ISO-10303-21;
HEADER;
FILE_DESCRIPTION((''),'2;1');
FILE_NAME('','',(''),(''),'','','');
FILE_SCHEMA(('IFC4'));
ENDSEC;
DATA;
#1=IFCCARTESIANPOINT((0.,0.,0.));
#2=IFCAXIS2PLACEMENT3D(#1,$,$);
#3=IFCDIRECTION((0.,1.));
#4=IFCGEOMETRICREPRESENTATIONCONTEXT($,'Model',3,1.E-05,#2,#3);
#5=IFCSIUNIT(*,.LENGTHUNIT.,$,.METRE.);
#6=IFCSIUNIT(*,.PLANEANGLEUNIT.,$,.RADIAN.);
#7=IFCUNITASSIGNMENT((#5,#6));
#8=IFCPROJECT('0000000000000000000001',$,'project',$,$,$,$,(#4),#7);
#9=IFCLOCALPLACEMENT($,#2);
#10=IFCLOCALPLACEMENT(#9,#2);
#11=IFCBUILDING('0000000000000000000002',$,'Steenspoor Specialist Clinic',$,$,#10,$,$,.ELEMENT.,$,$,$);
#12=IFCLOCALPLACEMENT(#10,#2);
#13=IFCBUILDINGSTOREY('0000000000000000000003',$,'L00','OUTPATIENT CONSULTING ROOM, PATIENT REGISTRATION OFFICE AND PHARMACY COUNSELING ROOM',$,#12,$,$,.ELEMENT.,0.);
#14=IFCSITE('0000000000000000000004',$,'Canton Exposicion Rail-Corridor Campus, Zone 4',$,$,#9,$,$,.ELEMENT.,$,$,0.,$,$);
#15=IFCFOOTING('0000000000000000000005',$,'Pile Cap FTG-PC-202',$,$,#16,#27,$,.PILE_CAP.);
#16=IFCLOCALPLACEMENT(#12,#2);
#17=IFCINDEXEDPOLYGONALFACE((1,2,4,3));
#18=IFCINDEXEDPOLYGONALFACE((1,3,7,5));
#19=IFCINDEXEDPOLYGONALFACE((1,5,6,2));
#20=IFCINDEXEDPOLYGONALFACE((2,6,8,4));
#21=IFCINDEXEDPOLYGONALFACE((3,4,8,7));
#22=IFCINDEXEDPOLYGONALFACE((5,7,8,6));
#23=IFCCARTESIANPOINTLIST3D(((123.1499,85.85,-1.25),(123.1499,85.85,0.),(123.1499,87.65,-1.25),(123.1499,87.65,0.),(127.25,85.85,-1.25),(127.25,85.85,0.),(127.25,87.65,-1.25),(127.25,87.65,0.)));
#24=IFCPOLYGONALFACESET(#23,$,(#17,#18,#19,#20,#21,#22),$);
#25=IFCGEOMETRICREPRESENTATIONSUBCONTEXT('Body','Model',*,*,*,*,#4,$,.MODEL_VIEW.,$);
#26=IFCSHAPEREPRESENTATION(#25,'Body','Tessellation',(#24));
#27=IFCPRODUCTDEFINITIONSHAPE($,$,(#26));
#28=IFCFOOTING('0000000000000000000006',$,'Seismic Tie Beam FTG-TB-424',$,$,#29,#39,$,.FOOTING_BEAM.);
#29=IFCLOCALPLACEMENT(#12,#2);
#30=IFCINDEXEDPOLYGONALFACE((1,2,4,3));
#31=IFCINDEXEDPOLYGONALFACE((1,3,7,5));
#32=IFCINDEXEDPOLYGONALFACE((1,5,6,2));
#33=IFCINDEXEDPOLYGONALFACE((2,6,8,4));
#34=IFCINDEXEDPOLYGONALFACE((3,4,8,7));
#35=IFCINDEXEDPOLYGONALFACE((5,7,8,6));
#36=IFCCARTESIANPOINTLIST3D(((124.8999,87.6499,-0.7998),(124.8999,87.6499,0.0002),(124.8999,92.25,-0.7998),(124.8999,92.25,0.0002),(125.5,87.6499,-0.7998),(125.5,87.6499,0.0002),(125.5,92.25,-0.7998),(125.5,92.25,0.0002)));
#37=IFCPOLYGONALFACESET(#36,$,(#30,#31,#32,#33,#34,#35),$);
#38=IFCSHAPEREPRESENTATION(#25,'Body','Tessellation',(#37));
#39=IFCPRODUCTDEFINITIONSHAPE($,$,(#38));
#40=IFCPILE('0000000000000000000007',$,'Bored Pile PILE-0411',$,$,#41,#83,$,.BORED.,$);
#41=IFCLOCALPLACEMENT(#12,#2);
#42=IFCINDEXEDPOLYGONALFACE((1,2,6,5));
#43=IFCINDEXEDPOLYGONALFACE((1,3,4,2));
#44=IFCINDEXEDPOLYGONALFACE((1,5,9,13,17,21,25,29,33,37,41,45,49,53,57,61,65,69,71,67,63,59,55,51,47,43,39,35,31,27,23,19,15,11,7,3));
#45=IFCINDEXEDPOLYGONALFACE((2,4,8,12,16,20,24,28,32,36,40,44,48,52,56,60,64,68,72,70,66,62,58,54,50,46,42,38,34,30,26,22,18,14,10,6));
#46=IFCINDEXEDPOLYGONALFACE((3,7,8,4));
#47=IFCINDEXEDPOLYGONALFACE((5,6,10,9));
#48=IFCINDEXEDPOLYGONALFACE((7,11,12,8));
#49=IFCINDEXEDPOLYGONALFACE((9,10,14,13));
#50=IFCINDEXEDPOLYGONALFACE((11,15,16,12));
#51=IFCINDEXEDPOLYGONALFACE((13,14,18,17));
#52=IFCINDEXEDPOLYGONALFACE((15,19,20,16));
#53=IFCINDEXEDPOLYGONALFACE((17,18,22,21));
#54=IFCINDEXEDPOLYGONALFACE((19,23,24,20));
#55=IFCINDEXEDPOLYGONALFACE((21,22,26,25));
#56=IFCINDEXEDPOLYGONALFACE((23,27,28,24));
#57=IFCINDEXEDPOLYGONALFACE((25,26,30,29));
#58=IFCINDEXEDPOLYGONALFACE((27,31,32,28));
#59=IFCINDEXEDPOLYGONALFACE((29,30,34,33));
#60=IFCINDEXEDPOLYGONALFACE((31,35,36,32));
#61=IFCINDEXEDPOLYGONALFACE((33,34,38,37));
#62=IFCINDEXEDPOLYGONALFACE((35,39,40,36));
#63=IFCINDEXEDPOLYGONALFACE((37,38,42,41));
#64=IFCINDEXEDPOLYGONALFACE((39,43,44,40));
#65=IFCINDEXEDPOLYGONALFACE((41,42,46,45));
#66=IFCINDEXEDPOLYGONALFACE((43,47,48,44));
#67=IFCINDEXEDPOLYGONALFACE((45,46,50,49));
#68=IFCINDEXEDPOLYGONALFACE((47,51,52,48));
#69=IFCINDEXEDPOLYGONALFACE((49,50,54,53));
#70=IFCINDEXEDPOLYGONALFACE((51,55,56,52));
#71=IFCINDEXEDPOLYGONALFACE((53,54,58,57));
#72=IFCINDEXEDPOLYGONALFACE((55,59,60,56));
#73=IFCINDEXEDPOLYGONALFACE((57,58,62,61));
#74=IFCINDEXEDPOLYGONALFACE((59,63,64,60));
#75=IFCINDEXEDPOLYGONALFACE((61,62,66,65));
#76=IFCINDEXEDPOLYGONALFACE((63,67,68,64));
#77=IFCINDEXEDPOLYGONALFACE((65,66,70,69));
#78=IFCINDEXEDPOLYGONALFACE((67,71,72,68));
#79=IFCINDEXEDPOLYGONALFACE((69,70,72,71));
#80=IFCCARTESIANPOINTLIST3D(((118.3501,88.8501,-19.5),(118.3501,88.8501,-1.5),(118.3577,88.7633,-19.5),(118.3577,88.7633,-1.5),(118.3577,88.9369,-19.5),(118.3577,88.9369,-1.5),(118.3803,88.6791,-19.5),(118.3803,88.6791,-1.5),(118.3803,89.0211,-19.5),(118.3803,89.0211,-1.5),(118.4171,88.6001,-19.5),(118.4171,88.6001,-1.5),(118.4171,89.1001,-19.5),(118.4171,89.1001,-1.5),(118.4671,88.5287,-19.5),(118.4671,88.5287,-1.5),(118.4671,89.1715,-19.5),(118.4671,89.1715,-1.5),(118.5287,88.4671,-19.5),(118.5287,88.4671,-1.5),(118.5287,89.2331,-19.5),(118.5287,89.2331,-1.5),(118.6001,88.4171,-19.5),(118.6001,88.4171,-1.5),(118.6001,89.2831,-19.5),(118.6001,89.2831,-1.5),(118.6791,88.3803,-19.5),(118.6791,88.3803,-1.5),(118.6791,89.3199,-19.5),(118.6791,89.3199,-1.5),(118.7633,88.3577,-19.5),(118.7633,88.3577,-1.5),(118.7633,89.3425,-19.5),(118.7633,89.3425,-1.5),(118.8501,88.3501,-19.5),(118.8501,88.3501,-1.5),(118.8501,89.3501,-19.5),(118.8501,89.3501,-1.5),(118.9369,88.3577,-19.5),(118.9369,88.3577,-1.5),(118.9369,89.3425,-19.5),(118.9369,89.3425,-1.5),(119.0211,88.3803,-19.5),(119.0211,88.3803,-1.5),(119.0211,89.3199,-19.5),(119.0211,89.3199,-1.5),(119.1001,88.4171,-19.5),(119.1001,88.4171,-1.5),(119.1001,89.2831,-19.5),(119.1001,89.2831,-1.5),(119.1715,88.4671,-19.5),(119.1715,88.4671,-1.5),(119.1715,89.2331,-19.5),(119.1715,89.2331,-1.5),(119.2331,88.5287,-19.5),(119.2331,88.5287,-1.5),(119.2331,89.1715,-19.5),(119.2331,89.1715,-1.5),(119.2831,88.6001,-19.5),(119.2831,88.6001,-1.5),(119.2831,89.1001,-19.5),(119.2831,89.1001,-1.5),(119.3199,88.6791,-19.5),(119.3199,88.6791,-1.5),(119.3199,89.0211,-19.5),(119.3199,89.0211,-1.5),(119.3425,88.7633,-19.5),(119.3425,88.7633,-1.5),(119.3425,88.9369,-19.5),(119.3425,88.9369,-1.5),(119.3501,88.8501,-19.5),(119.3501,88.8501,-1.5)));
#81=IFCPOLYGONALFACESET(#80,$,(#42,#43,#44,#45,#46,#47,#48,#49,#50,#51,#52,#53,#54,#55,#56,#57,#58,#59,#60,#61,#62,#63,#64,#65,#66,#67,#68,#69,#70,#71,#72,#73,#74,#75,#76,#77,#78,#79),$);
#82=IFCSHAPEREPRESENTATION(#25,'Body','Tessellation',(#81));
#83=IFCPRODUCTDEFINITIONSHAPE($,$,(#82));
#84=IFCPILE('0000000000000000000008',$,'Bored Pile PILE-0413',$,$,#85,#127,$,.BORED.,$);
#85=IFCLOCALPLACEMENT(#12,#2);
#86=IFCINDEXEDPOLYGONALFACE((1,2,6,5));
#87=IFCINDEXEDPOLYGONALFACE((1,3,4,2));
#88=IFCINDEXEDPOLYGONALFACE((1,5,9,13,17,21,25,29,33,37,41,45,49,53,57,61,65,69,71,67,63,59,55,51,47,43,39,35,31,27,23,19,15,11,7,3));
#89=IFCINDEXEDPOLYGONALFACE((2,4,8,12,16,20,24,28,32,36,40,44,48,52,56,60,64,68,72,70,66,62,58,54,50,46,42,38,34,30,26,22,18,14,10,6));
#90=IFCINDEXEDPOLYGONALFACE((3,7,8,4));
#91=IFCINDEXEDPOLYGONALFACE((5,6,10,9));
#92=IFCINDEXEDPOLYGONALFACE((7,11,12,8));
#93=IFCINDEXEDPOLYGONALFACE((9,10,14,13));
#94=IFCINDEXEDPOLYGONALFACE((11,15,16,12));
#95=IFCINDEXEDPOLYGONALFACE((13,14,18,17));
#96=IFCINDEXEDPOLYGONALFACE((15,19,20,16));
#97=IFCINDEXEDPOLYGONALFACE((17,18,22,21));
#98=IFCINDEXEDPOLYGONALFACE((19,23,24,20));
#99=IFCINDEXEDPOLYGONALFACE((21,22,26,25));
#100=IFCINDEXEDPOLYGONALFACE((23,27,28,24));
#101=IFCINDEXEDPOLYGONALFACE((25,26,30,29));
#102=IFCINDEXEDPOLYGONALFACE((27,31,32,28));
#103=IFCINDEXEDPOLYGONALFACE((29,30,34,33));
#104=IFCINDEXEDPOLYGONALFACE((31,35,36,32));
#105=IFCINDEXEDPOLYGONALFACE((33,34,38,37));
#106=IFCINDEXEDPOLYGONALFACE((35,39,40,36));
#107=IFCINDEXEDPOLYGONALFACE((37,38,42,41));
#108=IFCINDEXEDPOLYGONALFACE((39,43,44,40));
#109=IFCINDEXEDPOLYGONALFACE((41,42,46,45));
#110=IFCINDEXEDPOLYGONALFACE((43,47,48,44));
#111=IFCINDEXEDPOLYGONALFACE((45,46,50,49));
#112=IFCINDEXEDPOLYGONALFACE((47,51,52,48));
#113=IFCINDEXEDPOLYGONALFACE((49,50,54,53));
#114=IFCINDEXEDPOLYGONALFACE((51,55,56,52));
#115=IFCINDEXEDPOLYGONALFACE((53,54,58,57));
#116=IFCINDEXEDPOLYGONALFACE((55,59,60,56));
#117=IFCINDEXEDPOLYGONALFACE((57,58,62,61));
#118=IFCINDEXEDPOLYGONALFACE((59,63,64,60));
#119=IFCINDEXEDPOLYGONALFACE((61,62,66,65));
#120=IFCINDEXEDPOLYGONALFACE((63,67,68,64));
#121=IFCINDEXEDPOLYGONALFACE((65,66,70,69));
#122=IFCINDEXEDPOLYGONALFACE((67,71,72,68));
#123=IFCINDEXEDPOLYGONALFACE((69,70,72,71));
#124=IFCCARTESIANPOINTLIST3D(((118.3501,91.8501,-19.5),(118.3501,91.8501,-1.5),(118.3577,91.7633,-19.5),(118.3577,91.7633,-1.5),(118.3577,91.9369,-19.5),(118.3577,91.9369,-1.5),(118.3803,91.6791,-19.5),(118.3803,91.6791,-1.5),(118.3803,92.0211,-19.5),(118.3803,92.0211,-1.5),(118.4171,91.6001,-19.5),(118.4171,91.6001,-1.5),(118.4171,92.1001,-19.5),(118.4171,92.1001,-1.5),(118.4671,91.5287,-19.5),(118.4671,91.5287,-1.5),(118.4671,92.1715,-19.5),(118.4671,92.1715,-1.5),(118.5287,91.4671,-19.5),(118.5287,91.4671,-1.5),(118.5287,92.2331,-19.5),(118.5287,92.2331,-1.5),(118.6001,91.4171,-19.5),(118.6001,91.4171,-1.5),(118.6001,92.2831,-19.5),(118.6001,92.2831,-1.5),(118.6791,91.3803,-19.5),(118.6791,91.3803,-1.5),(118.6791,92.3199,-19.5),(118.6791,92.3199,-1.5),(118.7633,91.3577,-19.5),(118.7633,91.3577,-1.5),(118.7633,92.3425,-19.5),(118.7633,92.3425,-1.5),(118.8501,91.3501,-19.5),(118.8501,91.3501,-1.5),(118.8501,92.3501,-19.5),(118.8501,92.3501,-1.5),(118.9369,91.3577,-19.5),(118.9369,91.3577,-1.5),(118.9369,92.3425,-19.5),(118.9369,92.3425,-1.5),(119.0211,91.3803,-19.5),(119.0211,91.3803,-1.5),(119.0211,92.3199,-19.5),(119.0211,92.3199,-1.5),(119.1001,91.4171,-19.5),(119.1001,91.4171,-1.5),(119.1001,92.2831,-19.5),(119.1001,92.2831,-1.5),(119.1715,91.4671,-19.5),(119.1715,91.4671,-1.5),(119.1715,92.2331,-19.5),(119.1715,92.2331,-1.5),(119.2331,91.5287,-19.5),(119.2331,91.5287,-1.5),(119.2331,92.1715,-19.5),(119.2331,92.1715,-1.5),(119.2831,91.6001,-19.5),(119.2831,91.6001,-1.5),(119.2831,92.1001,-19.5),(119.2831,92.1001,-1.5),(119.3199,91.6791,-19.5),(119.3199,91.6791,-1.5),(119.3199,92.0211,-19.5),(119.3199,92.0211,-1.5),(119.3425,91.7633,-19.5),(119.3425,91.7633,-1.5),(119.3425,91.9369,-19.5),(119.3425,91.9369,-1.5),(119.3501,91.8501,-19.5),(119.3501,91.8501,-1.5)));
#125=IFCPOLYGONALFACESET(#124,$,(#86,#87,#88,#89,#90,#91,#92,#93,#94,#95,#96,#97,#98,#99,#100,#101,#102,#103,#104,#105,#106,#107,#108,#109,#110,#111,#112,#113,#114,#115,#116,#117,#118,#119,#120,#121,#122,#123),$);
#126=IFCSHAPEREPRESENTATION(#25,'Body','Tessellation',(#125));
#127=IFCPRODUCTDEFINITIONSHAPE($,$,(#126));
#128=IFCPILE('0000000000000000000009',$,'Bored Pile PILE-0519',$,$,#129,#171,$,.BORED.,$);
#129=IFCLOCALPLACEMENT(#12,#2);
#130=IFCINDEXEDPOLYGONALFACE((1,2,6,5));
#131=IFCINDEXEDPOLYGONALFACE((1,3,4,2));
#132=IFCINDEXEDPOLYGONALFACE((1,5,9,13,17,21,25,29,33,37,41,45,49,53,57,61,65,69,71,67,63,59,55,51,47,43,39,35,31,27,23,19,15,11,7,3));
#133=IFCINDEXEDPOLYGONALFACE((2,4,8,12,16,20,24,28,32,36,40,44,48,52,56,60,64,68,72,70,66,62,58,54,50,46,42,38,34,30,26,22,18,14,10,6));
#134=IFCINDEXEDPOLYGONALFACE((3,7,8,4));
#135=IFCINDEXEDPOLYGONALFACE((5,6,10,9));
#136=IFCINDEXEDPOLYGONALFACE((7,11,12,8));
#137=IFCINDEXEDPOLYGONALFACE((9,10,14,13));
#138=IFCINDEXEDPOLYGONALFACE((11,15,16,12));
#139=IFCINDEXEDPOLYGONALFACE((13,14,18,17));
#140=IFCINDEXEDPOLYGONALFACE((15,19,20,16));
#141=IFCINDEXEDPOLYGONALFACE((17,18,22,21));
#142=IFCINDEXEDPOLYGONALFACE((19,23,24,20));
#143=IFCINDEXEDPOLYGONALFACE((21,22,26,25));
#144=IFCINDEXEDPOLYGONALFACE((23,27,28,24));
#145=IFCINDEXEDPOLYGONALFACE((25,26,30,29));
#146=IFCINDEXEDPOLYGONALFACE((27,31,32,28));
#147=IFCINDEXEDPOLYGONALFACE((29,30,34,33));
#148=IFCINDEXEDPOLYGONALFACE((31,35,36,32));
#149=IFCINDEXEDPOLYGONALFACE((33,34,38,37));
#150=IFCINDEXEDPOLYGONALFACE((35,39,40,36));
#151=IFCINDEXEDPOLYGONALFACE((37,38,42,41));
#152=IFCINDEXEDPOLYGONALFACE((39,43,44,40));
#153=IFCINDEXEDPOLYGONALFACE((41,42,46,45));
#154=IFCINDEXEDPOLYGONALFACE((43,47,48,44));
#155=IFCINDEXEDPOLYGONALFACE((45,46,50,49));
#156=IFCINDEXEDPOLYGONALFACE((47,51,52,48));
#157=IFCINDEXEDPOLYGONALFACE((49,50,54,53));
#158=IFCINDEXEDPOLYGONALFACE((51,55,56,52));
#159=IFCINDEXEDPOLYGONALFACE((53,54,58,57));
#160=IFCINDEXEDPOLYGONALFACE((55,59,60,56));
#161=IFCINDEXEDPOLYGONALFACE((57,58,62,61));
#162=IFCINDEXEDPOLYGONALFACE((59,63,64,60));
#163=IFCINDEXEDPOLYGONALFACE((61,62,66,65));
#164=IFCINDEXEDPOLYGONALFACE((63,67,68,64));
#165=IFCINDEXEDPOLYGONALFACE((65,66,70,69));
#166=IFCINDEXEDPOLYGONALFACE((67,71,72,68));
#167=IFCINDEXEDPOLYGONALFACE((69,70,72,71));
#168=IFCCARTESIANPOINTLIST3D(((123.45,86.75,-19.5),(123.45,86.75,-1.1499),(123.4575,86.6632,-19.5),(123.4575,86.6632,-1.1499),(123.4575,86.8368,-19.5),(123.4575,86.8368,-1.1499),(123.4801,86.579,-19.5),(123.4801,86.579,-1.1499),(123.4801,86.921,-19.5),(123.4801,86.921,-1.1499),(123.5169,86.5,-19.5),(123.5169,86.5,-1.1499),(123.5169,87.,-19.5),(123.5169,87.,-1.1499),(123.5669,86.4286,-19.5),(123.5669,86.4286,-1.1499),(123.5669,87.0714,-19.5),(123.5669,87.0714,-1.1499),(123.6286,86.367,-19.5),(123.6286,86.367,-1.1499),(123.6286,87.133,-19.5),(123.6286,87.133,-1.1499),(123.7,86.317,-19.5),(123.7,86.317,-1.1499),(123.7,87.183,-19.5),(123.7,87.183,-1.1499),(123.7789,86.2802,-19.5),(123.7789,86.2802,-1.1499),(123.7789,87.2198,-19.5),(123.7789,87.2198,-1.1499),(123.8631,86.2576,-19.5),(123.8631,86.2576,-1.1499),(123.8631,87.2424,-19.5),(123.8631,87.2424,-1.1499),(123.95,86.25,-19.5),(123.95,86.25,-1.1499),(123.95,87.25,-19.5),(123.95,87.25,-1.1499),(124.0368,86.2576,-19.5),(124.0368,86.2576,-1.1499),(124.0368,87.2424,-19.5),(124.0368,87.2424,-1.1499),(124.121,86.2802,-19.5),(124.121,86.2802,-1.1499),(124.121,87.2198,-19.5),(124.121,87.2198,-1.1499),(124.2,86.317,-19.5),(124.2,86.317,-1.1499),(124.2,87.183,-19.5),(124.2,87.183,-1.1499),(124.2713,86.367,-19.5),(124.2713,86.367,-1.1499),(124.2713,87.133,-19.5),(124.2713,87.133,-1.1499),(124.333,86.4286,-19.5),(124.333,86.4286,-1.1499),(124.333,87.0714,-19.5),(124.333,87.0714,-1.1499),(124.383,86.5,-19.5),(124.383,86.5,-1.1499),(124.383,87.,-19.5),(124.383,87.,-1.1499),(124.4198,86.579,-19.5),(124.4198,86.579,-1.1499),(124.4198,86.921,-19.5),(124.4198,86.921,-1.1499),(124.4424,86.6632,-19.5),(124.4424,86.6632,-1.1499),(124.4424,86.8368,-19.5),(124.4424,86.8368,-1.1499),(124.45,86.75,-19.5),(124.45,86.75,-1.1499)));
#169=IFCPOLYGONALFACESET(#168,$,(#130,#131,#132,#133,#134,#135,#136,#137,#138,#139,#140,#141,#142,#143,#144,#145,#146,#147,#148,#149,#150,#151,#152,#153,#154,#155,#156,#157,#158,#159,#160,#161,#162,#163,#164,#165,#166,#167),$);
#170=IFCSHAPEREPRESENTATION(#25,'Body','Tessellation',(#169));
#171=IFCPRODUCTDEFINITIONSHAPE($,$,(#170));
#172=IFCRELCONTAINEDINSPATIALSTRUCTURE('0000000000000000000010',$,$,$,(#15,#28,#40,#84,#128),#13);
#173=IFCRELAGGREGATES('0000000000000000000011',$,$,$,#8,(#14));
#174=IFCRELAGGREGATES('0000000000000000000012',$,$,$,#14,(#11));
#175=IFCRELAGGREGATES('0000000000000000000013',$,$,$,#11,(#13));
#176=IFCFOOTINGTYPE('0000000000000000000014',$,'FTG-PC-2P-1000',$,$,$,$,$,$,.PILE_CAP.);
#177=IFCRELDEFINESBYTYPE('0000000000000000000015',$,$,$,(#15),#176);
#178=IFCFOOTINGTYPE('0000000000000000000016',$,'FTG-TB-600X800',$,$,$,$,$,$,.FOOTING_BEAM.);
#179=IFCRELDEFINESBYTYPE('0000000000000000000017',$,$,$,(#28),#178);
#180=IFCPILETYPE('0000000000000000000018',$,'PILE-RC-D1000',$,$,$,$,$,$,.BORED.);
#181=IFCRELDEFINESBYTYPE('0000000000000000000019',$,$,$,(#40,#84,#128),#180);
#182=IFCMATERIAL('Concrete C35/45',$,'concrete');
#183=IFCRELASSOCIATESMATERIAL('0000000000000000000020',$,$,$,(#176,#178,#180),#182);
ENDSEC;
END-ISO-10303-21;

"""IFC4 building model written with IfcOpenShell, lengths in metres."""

from ifc_helpers import new_model, si_unit, direction, frame, origin, origin_2d, place, context, subcontext, project, spatial, rectangle, circle, extrude, material, material_profile, profile_set, type_object, element, save


model = new_model("IFC4")

# Units and contexts
model_context = context("Model", 3, precision=1e-05, world=origin(), true_north=direction((0.0, 1.0)))
body_context = subcontext(model_context, "Body", "Model", "MODEL_VIEW")
ifc_project = project(units=[si_unit("LENGTHUNIT", "METRE"), si_unit("PLANEANGLEUNIT", "RADIAN")], contexts=[model_context])

# Site, building, storey
site_placement = place(None, origin())
site = spatial("IfcSite", under=ifc_project, at=site_placement, Name="Canton Exposicion Rail-Corridor Campus, Zone 4", CompositionType="ELEMENT", RefElevation=0.0)
building_placement = place(site_placement, origin())
building = spatial("IfcBuilding", under=site, at=building_placement, Name="Steenspoor Specialist Clinic", CompositionType="ELEMENT")
storey_placement = place(building_placement, origin())
storey = spatial("IfcBuildingStorey", under=building, at=storey_placement, Name="L00", Description="OUTPATIENT CONSULTING ROOM, PATIENT REGISTRATION OFFICE AND PHARMACY COUNSELING ROOM", CompositionType="ELEMENT", Elevation=0.0)

# Footings
ifc_material_1 = material(Name="Concrete C35/45", Category="concrete")
footing_type_1 = type_object("IfcFootingType", Name="FTG-PC-2P-1000", PredefinedType="PILE_CAP", material=ifc_material_1)
footing_1_placement = place(storey_placement, frame((125.2, 86.75, -1.25), z_axis=(0.0, 0.0, 1.0), x_axis=(1.0, 0.0, 0.0)))
element("IfcFooting", 1, at=footing_1_placement, inside=storey, type_object=footing_type_1, Name="Pile Cap FTG-PC-202", PredefinedType="PILE_CAP", context=body_context, shape_type="SweptSolid", body=[
    extrude(rectangle(XDim=4.1001, YDim=1.8, at=origin_2d()), origin(), (0.0, 0.0, 1.0), 1.25),
])
footing_type_2 = type_object("IfcFootingType", Name="FTG-TB-600X800", PredefinedType="FOOTING_BEAM", material=ifc_material_1)
footing_2_placement = place(storey_placement, frame((125.2, 89.95, -0.7998), z_axis=(0.0, 0.0, 1.0), x_axis=(1.0, 0.0, 0.0)))
element("IfcFooting", 2, at=footing_2_placement, inside=storey, type_object=footing_type_2, Name="Seismic Tie Beam FTG-TB-424", PredefinedType="FOOTING_BEAM", context=body_context, shape_type="SweptSolid", body=[
    extrude(rectangle(XDim=0.6001, YDim=4.6001, at=origin_2d()), origin(), (0.0, 0.0, 1.0), 0.8),
])

# Piles
ifc_material_profile_1 = material_profile(ifc_material_1, circle(Radius=0.5, at=origin_2d()), Name="PILE-D1000")
ifc_profile_set_1 = profile_set([ifc_material_profile_1], Name="Concrete C35/45")
pile_type_1 = type_object("IfcPileType", Name="PILE-RC-D1000", PredefinedType="BORED", material=ifc_profile_set_1)
for number, where, z_axis, x_axis, name in (
    (3, (118.8501, 88.8501, -1.5), (0.0, 0.0, -1.0), (1.0, 0.0, 0.0), "Bored Pile PILE-0411"),
    (4, (118.8501, 91.8501, -1.5), (0.0, 0.0, -1.0), (1.0, 0.0, 0.0), "Bored Pile PILE-0413"),
):
    element("IfcPile", number, at=place(storey_placement, frame(where, z_axis=z_axis, x_axis=x_axis)), inside=storey, type_object=pile_type_1, Name=name, PredefinedType="BORED", context=body_context, shape_type="SweptSolid", body=[
        extrude(circle(Radius=0.5, at=origin_2d()), origin(), (0.0, 0.0, 1.0), 18.0),
    ])
pile_1_placement = place(storey_placement, frame((123.95, 86.75, -1.1499), z_axis=(0.0, 0.0, -1.0), x_axis=(1.0, 0.0, 0.0)))
element("IfcPile", 5, at=pile_1_placement, inside=storey, type_object=pile_type_1, Name="Bored Pile PILE-0519", PredefinedType="BORED", context=body_context, shape_type="SweptSolid", body=[
    extrude(circle(Radius=0.5, at=origin_2d()), origin(), (0.0, 0.0, 1.0), 18.3501),
])

save(model, "model.ifc")
